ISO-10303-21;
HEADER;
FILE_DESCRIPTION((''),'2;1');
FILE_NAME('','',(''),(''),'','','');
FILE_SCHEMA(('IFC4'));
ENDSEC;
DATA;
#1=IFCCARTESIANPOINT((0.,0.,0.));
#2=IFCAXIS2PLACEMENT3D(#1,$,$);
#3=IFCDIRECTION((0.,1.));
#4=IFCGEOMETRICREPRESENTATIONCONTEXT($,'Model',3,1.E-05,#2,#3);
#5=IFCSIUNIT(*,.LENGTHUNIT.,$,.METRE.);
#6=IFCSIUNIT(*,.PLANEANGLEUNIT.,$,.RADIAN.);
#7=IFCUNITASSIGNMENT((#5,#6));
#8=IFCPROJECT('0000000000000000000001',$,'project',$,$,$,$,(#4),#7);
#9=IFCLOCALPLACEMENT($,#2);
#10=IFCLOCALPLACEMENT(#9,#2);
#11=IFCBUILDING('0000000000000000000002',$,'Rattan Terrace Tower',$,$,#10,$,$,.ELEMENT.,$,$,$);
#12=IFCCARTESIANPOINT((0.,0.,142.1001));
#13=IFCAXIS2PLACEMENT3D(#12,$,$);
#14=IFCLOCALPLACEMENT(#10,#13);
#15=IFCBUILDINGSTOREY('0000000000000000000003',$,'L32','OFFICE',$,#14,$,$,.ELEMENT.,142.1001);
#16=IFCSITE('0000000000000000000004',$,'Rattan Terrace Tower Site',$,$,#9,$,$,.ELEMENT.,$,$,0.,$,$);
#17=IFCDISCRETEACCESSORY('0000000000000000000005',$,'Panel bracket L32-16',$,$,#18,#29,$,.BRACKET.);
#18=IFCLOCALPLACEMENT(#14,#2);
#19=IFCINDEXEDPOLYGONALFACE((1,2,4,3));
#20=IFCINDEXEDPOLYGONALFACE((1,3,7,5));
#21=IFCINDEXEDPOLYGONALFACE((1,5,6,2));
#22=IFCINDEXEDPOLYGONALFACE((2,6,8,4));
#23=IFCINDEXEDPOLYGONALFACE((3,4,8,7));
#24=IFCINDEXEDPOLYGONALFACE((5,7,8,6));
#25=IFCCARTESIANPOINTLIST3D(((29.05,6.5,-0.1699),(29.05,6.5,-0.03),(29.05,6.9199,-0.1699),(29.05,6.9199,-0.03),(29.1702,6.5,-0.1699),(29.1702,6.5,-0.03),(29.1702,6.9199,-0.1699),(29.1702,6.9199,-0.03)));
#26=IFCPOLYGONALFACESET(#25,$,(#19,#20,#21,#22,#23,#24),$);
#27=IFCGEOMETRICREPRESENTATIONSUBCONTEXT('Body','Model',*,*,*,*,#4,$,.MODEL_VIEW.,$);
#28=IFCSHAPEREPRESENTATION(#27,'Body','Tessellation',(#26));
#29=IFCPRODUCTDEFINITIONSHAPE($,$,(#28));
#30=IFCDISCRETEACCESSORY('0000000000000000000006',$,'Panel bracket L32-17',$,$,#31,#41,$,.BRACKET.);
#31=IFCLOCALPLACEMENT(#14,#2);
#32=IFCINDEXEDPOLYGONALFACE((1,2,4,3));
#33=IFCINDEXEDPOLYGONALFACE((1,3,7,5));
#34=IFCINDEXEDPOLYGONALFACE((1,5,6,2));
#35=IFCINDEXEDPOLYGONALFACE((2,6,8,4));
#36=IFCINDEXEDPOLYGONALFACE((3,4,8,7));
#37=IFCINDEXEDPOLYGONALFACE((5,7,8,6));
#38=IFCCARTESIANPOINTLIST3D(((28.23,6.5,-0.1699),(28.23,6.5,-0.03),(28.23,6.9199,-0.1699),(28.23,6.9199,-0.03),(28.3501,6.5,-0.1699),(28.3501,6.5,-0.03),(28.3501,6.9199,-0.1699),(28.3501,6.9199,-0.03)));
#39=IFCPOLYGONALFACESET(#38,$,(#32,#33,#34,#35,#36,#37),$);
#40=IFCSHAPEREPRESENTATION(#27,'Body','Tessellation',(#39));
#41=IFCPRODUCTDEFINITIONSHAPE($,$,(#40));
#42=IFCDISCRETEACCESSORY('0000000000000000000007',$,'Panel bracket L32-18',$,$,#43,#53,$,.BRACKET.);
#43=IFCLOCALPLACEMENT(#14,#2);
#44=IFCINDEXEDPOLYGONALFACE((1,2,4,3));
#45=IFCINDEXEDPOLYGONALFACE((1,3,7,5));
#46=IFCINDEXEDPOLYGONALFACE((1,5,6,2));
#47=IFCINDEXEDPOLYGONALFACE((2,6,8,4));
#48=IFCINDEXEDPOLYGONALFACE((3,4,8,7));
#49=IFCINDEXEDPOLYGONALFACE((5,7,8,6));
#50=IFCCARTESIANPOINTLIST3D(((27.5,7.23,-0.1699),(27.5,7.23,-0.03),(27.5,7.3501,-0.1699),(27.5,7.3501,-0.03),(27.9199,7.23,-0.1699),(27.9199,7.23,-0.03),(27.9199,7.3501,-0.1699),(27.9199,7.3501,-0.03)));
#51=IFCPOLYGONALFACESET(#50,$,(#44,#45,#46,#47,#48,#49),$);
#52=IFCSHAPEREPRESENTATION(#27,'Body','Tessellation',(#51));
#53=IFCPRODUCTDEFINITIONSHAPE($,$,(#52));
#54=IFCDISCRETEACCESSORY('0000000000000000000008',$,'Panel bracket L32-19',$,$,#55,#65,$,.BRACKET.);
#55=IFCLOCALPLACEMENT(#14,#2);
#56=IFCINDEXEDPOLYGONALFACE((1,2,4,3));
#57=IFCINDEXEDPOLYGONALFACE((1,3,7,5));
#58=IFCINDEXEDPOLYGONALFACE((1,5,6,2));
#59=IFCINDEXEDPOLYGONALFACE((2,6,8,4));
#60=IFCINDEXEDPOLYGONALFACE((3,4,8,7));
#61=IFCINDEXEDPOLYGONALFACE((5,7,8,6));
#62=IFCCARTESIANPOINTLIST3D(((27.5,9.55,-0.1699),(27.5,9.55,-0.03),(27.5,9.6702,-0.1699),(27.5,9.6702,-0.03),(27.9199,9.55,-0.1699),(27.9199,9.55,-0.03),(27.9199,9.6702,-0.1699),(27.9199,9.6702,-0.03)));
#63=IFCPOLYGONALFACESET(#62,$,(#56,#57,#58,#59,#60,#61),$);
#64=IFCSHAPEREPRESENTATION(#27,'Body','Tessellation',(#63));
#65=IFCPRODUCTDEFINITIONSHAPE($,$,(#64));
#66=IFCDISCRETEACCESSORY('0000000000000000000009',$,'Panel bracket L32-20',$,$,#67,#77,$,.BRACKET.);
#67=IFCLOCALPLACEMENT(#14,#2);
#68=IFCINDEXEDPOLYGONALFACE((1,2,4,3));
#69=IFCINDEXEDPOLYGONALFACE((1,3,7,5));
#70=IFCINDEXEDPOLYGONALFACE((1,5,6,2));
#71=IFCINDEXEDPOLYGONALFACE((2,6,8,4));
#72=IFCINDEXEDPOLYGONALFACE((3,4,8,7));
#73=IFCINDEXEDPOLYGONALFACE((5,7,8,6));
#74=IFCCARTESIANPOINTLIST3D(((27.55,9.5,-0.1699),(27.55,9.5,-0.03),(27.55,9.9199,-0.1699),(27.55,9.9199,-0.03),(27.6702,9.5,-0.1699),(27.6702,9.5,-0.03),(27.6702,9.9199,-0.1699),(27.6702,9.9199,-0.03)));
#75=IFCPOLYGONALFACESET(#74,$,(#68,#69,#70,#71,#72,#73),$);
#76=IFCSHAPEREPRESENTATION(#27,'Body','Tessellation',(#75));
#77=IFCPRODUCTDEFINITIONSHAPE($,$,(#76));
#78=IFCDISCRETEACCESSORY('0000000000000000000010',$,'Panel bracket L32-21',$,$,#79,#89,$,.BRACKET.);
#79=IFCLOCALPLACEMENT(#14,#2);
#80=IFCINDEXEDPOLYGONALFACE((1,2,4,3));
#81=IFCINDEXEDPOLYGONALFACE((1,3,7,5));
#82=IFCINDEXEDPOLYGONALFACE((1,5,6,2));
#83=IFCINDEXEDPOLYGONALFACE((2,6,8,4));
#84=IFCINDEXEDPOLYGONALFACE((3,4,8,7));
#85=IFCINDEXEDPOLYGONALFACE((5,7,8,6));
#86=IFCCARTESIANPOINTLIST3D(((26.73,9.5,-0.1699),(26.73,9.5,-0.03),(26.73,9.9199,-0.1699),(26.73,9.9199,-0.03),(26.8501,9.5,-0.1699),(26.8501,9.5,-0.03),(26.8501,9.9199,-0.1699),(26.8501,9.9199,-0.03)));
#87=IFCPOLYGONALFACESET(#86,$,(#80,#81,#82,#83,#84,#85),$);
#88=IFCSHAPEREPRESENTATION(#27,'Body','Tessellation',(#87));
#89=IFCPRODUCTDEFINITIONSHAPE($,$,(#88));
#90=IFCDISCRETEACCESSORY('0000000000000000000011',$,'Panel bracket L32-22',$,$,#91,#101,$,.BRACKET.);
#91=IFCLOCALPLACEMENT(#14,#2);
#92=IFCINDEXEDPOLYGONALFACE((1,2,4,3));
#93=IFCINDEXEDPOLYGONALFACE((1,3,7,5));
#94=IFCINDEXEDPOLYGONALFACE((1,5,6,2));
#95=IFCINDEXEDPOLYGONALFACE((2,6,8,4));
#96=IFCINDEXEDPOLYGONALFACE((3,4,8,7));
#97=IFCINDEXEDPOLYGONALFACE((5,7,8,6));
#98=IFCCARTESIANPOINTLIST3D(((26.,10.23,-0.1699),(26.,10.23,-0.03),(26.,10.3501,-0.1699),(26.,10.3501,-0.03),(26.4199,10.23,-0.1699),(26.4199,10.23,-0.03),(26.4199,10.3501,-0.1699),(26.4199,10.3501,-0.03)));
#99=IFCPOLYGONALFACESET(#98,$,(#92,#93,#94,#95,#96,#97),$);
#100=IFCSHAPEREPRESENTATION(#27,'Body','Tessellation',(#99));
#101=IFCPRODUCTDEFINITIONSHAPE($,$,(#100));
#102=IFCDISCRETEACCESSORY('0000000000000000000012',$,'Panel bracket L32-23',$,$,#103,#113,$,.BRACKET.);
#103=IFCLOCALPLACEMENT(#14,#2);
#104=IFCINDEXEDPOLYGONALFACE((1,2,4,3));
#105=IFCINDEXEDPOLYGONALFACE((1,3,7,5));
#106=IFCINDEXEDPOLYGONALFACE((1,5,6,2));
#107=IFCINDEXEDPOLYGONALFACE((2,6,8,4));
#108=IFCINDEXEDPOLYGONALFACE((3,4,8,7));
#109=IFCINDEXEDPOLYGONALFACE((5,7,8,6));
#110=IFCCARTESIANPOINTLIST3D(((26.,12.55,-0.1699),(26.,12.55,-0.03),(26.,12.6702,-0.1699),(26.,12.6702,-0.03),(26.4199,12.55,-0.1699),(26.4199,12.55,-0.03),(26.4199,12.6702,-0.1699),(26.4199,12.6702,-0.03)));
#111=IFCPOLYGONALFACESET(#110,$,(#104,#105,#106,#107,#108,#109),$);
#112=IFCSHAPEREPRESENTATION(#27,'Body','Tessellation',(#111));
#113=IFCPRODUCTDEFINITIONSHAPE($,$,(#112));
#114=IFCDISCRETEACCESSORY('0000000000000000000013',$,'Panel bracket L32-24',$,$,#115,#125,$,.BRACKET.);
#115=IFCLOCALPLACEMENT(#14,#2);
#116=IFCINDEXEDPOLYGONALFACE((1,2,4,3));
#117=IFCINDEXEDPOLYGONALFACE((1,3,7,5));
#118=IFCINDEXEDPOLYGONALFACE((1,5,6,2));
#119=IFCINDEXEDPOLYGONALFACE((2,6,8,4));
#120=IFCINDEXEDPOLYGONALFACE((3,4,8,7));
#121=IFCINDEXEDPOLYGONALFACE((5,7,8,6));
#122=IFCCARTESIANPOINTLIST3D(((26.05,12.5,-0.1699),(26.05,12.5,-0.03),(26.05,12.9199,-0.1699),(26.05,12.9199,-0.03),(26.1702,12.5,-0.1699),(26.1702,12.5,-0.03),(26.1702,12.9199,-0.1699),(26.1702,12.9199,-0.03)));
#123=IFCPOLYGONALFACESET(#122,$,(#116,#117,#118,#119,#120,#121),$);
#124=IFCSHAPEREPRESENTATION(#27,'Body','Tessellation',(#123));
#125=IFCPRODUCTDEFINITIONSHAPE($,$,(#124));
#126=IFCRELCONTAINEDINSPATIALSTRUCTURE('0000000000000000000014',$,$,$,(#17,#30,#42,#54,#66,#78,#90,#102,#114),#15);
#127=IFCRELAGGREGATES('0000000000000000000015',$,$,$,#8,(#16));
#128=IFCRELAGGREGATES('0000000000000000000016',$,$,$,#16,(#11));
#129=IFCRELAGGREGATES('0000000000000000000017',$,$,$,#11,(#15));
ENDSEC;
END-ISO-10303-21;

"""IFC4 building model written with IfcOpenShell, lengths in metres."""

from ifc_helpers import new_model, si_unit, direction, frame, origin, origin_2d, place, context, subcontext, project, spatial, rectangle, extrude, element, save


model = new_model("IFC4")

# Units and contexts
model_context = context("Model", 3, precision=1e-05, world=origin(), true_north=direction((0.0, 1.0)))
body_context = subcontext(model_context, "Body", "Model", "MODEL_VIEW")
ifc_project = project(units=[si_unit("LENGTHUNIT", "METRE"), si_unit("PLANEANGLEUNIT", "RADIAN")], contexts=[model_context])

# Site, building, storey
site_placement = place(None, origin())
site = spatial("IfcSite", under=ifc_project, at=site_placement, Name="Rattan Terrace Tower Site", CompositionType="ELEMENT", RefElevation=0.0)
building_placement = place(site_placement, origin())
building = spatial("IfcBuilding", under=site, at=building_placement, Name="Rattan Terrace Tower", CompositionType="ELEMENT")
storey_placement = place(building_placement, frame((0.0, 0.0, 142.1001)))
storey = spatial("IfcBuildingStorey", under=building, at=storey_placement, Name="L32", Description="OFFICE", CompositionType="ELEMENT", Elevation=142.1001)

# Discrete accessories
for number, where, z_axis, x_axis, name in (
    (1, (29.1101, 6.71, -0.1699), (0.0, 0.0, 1.0), (-1.0, 0.0, 0.0), "Panel bracket L32-16"),
    (2, (28.29, 6.71, -0.1699), (0.0, 0.0, 1.0), (-1.0, 0.0, 0.0), "Panel bracket L32-17"),
    (3, (27.71, 7.29, -0.1699), (0.0, 0.0, 1.0), (0.0, 1.0, 0.0), "Panel bracket L32-18"),
    (4, (27.71, 9.6101, -0.1699), (0.0, 0.0, 1.0), (0.0, 1.0, 0.0), "Panel bracket L32-19"),
    (5, (27.6101, 9.71, -0.1699), (0.0, 0.0, 1.0), (-1.0, 0.0, 0.0), "Panel bracket L32-20"),
    (6, (26.79, 9.71, -0.1699), (0.0, 0.0, 1.0), (-1.0, 0.0, 0.0), "Panel bracket L32-21"),
    (7, (26.21, 10.29, -0.1699), (0.0, 0.0, 1.0), (0.0, 1.0, 0.0), "Panel bracket L32-22"),
    (8, (26.21, 12.6101, -0.1699), (0.0, 0.0, 1.0), (0.0, 1.0, 0.0), "Panel bracket L32-23"),
    (9, (26.1101, 12.71, -0.1699), (0.0, 0.0, 1.0), (-1.0, 0.0, 0.0), "Panel bracket L32-24"),
):
    element("IfcDiscreteAccessory", number, at=place(storey_placement, frame(where, z_axis=z_axis, x_axis=x_axis)), inside=storey, Name=name, PredefinedType="BRACKET", context=body_context, shape_type="SweptSolid", body=[
        extrude(rectangle(XDim=0.1201, YDim=0.4199, at=origin_2d()), origin(), (0.0, 0.0, 1.0), 0.1399),
    ])

save(model, "model.ifc")
